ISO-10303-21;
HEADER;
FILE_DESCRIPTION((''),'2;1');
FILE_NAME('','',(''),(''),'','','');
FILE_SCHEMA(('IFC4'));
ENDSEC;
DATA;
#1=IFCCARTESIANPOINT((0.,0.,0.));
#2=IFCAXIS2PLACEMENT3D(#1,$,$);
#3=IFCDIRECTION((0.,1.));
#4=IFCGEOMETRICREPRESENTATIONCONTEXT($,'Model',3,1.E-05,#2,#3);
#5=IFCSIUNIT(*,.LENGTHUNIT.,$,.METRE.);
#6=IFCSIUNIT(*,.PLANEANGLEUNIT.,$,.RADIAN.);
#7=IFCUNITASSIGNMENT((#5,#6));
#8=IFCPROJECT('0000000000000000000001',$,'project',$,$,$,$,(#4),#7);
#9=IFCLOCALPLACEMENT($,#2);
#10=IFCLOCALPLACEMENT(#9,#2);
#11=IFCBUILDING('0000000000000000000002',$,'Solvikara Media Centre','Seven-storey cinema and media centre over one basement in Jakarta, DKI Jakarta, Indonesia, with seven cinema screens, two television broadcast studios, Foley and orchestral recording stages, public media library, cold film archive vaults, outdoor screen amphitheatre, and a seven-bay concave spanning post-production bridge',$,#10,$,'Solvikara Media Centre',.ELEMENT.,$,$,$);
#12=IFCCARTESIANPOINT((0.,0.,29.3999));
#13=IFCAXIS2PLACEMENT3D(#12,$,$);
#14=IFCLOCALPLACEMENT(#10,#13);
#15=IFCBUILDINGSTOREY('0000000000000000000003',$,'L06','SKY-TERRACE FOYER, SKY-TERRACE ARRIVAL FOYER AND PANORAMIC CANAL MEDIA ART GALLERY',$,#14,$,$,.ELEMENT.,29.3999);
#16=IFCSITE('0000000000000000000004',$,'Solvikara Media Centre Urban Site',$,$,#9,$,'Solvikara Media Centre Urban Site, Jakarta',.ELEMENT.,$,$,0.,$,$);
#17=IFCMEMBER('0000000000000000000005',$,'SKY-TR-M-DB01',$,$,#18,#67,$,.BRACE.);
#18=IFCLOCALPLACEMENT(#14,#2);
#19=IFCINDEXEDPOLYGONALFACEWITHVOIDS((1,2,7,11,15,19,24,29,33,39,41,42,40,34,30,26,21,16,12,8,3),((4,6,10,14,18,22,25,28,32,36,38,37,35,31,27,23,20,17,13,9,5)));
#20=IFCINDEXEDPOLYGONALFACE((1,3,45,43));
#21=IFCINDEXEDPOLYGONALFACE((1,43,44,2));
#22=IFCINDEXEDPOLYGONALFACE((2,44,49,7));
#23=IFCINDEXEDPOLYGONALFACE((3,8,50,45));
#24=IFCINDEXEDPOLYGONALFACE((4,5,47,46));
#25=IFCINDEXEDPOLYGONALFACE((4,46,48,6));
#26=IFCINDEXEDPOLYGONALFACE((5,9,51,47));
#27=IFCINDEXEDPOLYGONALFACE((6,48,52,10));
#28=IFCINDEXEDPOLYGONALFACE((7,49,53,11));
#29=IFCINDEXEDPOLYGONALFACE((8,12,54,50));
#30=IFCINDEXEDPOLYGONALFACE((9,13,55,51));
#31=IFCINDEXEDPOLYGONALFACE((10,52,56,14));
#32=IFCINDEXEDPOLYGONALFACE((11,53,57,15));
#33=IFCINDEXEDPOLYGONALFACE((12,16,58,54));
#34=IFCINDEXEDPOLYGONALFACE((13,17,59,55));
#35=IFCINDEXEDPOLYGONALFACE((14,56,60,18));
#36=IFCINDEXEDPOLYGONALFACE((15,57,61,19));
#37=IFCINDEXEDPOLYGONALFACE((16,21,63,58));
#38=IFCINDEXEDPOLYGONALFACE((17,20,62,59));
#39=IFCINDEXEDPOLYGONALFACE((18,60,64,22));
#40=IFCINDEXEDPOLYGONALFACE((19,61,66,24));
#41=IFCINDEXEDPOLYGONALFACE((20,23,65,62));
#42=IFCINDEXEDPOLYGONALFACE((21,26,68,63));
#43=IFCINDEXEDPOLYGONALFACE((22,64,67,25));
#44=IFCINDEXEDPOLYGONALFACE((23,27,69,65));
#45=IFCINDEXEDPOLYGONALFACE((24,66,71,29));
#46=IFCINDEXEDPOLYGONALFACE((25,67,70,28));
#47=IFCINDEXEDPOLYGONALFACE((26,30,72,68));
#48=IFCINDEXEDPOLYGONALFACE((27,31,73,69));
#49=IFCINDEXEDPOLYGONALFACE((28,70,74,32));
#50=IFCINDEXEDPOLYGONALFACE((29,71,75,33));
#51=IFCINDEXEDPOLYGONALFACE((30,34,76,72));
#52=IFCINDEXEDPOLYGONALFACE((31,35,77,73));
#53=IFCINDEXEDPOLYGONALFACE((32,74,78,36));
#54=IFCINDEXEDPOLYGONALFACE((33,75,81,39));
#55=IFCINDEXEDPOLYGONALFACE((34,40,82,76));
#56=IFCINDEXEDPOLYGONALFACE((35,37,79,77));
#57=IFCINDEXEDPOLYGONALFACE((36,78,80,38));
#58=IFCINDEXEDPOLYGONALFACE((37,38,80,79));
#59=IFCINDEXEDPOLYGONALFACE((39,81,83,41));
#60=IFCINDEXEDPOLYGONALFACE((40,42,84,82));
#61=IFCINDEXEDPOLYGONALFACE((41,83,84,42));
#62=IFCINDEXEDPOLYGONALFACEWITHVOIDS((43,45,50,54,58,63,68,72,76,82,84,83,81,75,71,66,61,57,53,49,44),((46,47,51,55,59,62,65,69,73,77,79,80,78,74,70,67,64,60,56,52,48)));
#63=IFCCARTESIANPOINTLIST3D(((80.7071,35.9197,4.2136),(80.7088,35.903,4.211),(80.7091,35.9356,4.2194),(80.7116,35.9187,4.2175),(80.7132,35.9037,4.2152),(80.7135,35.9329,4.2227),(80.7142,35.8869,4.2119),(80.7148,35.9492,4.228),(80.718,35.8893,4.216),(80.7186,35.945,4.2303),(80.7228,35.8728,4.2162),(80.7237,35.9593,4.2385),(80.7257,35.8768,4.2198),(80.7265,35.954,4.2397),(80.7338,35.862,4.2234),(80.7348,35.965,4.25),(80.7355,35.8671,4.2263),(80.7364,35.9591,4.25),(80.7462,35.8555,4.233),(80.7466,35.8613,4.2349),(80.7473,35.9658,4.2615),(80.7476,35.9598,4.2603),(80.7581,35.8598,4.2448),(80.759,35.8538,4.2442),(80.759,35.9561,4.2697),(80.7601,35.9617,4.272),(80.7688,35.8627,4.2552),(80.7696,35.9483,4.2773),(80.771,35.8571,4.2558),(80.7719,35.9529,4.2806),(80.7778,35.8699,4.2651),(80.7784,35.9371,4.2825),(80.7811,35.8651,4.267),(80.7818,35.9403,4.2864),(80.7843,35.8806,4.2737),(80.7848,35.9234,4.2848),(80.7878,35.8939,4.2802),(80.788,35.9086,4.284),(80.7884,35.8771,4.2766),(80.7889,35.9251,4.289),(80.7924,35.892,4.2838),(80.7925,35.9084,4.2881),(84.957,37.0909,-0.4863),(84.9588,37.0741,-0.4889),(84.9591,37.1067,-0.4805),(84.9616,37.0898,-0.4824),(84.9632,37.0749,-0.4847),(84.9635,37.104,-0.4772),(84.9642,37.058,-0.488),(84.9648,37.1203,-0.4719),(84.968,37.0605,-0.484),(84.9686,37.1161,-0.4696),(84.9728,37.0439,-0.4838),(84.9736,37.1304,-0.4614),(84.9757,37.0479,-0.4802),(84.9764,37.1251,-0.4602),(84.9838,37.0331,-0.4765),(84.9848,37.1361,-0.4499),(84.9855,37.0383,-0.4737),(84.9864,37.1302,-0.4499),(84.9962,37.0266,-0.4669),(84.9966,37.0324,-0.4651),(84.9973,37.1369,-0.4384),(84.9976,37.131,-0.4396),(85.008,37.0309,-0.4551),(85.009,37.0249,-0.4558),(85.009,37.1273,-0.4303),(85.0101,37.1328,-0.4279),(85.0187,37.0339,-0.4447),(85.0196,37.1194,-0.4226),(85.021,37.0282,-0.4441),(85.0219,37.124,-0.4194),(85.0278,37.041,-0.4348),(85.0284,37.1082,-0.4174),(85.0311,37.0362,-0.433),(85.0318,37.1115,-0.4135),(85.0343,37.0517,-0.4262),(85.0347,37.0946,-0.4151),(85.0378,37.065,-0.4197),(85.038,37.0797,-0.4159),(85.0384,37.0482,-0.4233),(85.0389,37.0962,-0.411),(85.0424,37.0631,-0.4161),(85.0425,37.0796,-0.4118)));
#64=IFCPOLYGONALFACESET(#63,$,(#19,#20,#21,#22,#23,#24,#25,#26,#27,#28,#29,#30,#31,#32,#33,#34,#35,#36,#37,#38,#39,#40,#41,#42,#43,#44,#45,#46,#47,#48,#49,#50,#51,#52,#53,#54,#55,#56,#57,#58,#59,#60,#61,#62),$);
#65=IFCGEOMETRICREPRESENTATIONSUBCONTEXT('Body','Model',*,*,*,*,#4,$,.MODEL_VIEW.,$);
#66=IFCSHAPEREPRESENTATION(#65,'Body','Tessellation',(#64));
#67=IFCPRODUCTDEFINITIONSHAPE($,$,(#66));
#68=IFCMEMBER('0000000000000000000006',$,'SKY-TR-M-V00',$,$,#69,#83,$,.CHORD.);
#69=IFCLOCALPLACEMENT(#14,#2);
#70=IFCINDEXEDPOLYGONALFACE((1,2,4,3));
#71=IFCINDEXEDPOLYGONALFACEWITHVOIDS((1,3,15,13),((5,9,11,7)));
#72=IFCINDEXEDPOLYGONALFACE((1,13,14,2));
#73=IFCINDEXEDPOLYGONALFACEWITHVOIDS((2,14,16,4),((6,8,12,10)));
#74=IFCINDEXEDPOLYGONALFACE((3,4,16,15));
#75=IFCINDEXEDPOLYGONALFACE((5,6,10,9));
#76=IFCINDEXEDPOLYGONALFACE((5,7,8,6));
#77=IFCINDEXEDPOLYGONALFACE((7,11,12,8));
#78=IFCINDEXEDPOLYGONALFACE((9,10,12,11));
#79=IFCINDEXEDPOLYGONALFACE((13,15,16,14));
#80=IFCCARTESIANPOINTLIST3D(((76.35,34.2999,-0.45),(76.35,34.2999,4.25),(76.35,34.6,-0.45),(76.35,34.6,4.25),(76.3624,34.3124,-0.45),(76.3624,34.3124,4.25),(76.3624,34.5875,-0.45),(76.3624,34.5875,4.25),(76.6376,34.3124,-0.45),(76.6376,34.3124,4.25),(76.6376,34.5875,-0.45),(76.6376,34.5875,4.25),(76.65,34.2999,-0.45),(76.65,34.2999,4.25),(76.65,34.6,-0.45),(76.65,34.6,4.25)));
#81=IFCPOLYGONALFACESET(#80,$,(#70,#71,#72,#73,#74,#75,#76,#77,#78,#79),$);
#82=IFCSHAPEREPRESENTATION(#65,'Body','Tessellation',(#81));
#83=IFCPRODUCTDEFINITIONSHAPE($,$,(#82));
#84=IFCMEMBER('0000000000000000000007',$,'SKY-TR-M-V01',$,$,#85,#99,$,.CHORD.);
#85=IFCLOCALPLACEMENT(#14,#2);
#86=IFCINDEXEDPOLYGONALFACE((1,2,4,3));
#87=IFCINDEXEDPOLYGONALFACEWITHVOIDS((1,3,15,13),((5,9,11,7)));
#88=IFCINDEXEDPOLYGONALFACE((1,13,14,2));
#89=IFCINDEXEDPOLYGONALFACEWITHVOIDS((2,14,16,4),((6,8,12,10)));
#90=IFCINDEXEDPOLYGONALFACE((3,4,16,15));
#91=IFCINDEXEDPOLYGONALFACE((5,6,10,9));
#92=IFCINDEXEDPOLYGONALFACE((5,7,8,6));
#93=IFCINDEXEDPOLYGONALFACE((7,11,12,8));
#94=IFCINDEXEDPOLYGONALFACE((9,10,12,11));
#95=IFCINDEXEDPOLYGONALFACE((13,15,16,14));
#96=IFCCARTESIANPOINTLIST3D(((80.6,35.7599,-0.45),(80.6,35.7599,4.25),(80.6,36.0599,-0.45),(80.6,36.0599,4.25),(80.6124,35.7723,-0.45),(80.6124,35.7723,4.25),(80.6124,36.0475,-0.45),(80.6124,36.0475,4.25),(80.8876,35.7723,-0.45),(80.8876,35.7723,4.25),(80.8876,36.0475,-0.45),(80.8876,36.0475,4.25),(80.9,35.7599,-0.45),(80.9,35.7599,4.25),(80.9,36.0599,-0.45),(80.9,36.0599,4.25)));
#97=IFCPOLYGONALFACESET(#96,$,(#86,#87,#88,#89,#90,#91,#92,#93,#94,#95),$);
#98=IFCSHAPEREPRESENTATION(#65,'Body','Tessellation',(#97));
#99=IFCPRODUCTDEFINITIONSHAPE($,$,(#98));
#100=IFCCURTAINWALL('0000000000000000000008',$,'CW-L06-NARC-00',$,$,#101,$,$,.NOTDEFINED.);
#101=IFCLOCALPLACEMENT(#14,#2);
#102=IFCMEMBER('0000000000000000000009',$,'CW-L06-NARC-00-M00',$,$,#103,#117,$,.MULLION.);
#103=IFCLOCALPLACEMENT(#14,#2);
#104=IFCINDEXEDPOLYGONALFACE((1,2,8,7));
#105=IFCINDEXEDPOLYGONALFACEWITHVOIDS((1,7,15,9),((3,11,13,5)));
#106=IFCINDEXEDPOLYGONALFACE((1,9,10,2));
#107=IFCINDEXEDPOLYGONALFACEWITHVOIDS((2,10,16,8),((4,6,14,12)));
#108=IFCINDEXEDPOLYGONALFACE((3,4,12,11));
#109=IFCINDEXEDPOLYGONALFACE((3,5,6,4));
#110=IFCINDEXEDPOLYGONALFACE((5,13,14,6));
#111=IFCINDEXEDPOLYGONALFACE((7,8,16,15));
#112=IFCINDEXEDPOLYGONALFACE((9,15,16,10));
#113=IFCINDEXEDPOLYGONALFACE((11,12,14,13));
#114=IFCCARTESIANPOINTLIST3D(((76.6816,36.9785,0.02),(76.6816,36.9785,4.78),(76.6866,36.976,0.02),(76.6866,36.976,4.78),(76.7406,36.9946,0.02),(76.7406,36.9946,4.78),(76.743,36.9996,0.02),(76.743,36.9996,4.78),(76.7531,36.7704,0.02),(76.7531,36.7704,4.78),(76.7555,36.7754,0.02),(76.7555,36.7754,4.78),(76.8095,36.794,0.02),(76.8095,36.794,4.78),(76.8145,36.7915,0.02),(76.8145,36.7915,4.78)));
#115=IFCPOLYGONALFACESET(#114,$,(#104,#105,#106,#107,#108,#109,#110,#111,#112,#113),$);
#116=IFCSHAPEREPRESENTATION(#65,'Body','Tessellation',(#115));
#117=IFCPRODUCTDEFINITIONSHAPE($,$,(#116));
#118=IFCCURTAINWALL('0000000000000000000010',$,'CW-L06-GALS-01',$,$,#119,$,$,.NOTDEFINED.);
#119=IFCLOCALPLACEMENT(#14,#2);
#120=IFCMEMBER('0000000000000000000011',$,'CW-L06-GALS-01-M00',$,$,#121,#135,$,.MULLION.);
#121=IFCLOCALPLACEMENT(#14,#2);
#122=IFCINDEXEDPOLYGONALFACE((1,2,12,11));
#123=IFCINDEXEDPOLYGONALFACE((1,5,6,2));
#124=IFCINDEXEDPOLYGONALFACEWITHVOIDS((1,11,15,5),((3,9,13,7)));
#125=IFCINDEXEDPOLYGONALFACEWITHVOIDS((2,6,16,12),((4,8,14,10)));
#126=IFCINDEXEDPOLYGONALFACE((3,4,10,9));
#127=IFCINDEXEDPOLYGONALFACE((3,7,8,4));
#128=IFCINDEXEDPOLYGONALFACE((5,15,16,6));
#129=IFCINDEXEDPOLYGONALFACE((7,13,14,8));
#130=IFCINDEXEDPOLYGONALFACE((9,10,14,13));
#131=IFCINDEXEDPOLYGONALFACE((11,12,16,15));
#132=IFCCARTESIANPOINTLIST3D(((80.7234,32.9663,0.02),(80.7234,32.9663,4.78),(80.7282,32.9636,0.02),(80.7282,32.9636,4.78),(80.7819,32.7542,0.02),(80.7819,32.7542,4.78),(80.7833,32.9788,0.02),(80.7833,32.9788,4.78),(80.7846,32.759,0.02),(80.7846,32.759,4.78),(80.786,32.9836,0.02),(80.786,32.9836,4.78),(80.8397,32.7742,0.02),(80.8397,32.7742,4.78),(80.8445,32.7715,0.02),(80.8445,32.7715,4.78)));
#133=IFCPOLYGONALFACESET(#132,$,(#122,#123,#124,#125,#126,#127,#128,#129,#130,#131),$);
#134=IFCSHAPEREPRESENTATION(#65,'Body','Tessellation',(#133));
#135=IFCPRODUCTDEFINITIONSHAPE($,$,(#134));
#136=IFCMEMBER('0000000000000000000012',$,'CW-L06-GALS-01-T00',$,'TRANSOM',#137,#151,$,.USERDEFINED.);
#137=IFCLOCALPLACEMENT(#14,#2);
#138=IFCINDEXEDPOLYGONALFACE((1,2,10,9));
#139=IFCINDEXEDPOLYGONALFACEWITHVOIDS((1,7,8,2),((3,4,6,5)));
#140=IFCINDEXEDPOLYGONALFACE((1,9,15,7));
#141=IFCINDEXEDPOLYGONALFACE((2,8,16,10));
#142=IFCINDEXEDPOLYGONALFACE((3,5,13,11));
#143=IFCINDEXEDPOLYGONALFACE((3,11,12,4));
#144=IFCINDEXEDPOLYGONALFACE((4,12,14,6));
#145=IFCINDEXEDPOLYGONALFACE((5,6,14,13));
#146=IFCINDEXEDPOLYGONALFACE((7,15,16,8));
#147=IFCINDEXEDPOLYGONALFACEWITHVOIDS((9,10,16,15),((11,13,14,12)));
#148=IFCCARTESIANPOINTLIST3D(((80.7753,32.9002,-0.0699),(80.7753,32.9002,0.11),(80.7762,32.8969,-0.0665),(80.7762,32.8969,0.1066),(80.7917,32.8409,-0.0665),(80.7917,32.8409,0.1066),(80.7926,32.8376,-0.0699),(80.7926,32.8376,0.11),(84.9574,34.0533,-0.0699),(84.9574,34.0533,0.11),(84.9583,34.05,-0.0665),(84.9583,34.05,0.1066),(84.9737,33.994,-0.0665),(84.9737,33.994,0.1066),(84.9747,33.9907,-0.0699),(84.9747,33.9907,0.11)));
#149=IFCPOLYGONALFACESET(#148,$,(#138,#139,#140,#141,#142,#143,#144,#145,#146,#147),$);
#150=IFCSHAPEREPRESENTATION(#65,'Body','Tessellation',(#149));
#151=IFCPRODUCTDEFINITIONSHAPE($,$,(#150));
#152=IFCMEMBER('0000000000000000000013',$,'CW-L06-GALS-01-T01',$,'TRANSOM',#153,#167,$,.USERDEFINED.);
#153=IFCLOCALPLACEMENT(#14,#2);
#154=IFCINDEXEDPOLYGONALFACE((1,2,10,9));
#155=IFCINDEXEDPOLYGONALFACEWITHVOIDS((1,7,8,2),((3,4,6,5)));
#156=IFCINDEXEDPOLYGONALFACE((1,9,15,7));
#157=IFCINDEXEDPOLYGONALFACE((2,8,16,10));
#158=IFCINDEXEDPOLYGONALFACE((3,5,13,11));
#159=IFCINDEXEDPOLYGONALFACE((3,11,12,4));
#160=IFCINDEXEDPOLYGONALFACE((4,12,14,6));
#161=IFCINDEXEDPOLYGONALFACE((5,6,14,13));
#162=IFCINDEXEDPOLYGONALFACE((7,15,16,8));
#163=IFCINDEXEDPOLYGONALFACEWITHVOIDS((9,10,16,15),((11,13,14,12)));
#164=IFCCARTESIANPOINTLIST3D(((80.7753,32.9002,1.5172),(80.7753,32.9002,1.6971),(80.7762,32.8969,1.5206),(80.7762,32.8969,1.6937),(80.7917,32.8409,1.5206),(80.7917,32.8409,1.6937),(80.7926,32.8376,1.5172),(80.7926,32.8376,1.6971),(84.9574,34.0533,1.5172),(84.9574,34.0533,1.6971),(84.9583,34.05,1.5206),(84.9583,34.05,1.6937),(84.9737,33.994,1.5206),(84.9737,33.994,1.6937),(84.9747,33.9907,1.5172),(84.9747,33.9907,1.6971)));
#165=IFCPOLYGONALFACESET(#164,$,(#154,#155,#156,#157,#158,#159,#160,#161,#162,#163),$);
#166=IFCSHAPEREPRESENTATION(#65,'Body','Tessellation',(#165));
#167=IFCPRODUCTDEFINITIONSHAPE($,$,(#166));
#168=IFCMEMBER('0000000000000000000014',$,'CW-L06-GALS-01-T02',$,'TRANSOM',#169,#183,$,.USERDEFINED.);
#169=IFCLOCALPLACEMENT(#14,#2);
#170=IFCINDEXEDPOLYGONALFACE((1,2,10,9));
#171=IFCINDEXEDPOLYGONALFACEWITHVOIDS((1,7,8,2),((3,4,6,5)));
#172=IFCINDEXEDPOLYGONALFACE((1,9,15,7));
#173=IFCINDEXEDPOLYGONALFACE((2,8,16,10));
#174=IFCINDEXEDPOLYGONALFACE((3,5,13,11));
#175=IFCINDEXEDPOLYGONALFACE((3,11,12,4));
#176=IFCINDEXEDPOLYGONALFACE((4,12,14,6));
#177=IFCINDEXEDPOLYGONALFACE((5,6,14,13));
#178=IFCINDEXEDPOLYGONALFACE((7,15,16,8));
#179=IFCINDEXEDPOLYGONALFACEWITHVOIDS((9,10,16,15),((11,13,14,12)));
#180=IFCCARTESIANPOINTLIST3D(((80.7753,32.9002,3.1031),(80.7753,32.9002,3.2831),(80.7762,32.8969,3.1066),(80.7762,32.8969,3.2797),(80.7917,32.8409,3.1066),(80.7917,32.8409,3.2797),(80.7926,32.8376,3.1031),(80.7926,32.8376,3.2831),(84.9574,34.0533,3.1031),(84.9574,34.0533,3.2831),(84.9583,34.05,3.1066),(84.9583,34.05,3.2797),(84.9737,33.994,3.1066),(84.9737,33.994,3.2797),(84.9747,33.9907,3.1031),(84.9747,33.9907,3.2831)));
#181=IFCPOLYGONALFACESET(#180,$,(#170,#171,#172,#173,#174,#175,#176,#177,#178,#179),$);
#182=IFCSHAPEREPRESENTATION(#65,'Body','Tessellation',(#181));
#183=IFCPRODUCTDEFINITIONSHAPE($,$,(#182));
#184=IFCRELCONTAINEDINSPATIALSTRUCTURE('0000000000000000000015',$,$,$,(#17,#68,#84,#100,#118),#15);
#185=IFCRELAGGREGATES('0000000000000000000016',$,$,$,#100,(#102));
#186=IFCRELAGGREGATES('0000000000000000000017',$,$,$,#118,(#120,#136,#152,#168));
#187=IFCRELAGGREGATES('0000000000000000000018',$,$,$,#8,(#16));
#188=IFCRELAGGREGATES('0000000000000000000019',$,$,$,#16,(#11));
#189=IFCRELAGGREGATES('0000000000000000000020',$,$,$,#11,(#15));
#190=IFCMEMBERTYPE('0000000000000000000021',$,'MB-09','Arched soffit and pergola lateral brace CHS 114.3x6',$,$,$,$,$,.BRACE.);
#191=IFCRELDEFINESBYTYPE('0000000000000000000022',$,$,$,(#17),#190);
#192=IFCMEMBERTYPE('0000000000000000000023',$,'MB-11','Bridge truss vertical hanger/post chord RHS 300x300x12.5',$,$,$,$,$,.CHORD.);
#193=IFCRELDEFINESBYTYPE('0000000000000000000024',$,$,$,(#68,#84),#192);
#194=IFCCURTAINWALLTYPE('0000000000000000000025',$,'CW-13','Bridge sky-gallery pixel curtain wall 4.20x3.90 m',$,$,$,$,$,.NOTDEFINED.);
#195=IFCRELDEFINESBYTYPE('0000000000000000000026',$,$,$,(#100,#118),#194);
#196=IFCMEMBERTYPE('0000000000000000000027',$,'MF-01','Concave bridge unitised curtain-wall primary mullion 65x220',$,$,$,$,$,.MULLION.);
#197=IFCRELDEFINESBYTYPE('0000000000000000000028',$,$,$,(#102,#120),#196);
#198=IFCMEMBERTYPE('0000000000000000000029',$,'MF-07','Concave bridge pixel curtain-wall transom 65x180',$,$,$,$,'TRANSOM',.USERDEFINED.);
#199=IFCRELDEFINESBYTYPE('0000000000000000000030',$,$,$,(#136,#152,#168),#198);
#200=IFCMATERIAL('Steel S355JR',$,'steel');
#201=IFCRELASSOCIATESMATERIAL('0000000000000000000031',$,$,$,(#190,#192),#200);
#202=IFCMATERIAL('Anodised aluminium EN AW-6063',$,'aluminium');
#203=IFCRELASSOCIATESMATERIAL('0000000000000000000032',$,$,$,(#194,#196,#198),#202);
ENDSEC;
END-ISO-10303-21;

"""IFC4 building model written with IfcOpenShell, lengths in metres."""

from ifc_helpers import new_model, si_unit, direction, frame, origin, origin_2d, place, context, subcontext, project, spatial, hollow_rectangle, hollow_circle, extrude, material, material_profile, profile_set, type_object, element, aggregate, save


model = new_model("IFC4")

# Units and contexts
model_context = context("Model", 3, precision=1e-05, world=origin(), true_north=direction((0.0, 1.0)))
body_context = subcontext(model_context, "Body", "Model", "MODEL_VIEW")
ifc_project = project(units=[si_unit("LENGTHUNIT", "METRE"), si_unit("PLANEANGLEUNIT", "RADIAN")], contexts=[model_context])

# Site, building, storey
site_placement = place(None, origin())
site = spatial("IfcSite", under=ifc_project, at=site_placement, Name="Solvikara Media Centre Urban Site", LongName="Solvikara Media Centre Urban Site, Jakarta", CompositionType="ELEMENT", RefElevation=0.0)
building_placement = place(site_placement, origin())
building = spatial("IfcBuilding", under=site, at=building_placement, Name="Solvikara Media Centre", Description="Seven-storey cinema and media centre over one basement in Jakarta, DKI Jakarta, Indonesia, with seven cinema screens, two television broadcast studios, Foley and orchestral recording stages, public media library, cold film archive vaults, outdoor screen amphitheatre, and a seven-bay concave spanning post-production bridge", LongName="Solvikara Media Centre", CompositionType="ELEMENT")
storey_placement = place(building_placement, frame((0.0, 0.0, 29.3999)))
storey = spatial("IfcBuildingStorey", under=building, at=storey_placement, Name="L06", Description="SKY-TERRACE FOYER, SKY-TERRACE ARRIVAL FOYER AND PANORAMIC CANAL MEDIA ART GALLERY", CompositionType="ELEMENT", Elevation=29.3999)

# Shared definitions
ifc_material_1 = material(Name="Steel S355JR", Category="steel")

# Members
ifc_material_profile_1 = material_profile(ifc_material_1, hollow_circle(Radius=0.0571, WallThickness=0.0061, at=origin_2d()), Name="CHS 114.3x6")
ifc_profile_set_1 = profile_set([ifc_material_profile_1], Name="Steel S355JR")
member_type_1 = type_object("IfcMemberType", Name="MB-09", Description="Arched soffit and pergola lateral brace CHS 114.3x6", PredefinedType="BRACE", material=ifc_profile_set_1)
member_1_placement = place(storey_placement, frame((80.75, 35.9099, 4.25), z_axis=(0.65954, 0.181745, -0.729366), x_axis=(-0.265661, 0.964067, 0.0)))
element("IfcMember", 1, at=member_1_placement, inside=storey, type_object=member_type_1, Name="SKY-TR-M-DB01", PredefinedType="BRACE", context=body_context, shape_type="SweptSolid", body=[
    extrude(hollow_circle(Radius=0.0571, WallThickness=0.0061, at=origin_2d()), origin(), (0.0, 0.0, 1.0), 6.4438),
])
ifc_material_profile_2 = material_profile(ifc_material_1, hollow_rectangle(XDim=0.3, YDim=0.3, WallThickness=0.0125, at=origin_2d()), Name="RHS 300x300x12.5")
ifc_profile_set_2 = profile_set([ifc_material_profile_2], Name="Steel S355JR")
member_type_2 = type_object("IfcMemberType", Name="MB-11", Description="Bridge truss vertical hanger/post chord RHS 300x300x12.5", PredefinedType="CHORD", material=ifc_profile_set_2)
for number, where, z_axis, x_axis, name in (
    (2, (76.5, 34.45, -0.45), (0.0, 0.0, 1.0), (1.0, 0.0, 0.0), "SKY-TR-M-V00"),
    (3, (80.75, 35.9099, -0.45), (0.0, 0.0, 1.0), (1.0, 0.0, 0.0), "SKY-TR-M-V01"),
):
    element("IfcMember", number, at=place(storey_placement, frame(where, z_axis=z_axis, x_axis=x_axis)), inside=storey, type_object=member_type_2, Name=name, PredefinedType="CHORD", context=body_context, shape_type="SweptSolid", body=[
        extrude(hollow_rectangle(XDim=0.3, YDim=0.3, WallThickness=0.0125, at=origin_2d()), origin(), (0.0, 0.0, 1.0), 4.7),
    ])

# Curtain wall, member
ifc_material_2 = material(Name="Anodised aluminium EN AW-6063", Category="aluminium")
curtain_wall_type = type_object("IfcCurtainWallType", Name="CW-13", Description="Bridge sky-gallery pixel curtain wall 4.20x3.90 m", PredefinedType="NOTDEFINED", material=ifc_material_2)
curtain_wall_1_placement = place(storey_placement, origin())
curtain_wall_1 = element("IfcCurtainWall", 4, at=curtain_wall_1_placement, inside=storey, type_object=curtain_wall_type, Name="CW-L06-NARC-00", PredefinedType="NOTDEFINED")
ifc_material_profile_3 = material_profile(ifc_material_2, hollow_rectangle(XDim=0.0649, YDim=0.22, WallThickness=0.0039, at=origin_2d()), Name="ALU-M 65x220x4")
ifc_profile_set_3 = profile_set([ifc_material_profile_3], Name="Anodised aluminium EN AW-6063")
member_type_3 = type_object("IfcMemberType", Name="MF-01", Description="Concave bridge unitised curtain-wall primary mullion 65x220", PredefinedType="MULLION", material=ifc_profile_set_3)
member_2_placement = place(storey_placement, frame((76.748, 36.885, 0.02), z_axis=(0.0, 0.0, 1.0), x_axis=(0.945712, 0.325007, 0.0)))
member_2 = element("IfcMember", 5, at=member_2_placement, type_object=member_type_3, Name="CW-L06-NARC-00-M00", PredefinedType="MULLION", context=body_context, shape_type="SweptSolid", body=[
    extrude(hollow_rectangle(XDim=0.0649, YDim=0.22, WallThickness=0.0039, at=origin_2d()), origin(), (0.0, 0.0, 1.0), 4.76),
])
aggregate(curtain_wall_1, [member_2])

# Curtain wall, members
curtain_wall_2_placement = place(storey_placement, origin())
curtain_wall_2 = element("IfcCurtainWall", 6, at=curtain_wall_2_placement, inside=storey, type_object=curtain_wall_type, Name="CW-L06-GALS-01", PredefinedType="NOTDEFINED")
member_3_placement = place(storey_placement, frame((80.7839, 32.8689, 0.02), z_axis=(0.0, 0.0, 1.0), x_axis=(0.96403, 0.265792, 0.0)))
member_3 = element("IfcMember", 7, at=member_3_placement, type_object=member_type_3, Name="CW-L06-GALS-01-M00", PredefinedType="MULLION", context=body_context, shape_type="SweptSolid", body=[
    extrude(hollow_rectangle(XDim=0.0649, YDim=0.22, WallThickness=0.0039, at=origin_2d()), origin(), (0.0, 0.0, 1.0), 4.76),
])
ifc_material_profile_4 = material_profile(ifc_material_2, hollow_rectangle(XDim=0.0649, YDim=0.1799, WallThickness=0.0034, at=origin_2d()), Name="ALU-T 65x180x3.5")
ifc_profile_set_4 = profile_set([ifc_material_profile_4], Name="Anodised aluminium EN AW-6063")
member_type_4 = type_object("IfcMemberType", Name="MF-07", Description="Concave bridge pixel curtain-wall transom 65x180", ElementType="TRANSOM", PredefinedType="USERDEFINED", material=ifc_profile_set_4)
member_4_placement = place(storey_placement, frame((80.7839, 32.8689, 0.02), z_axis=(0.964029, 0.265797, 0.0), x_axis=(-0.265797, 0.964029, 0.0)))
member_4 = element("IfcMember", 8, at=member_4_placement, type_object=member_type_4, Name="CW-L06-GALS-01-T00", ObjectType="TRANSOM", PredefinedType="USERDEFINED", context=body_context, shape_type="SweptSolid", body=[
    extrude(hollow_rectangle(XDim=0.0649, YDim=0.1799, WallThickness=0.0034, at=origin_2d()), origin(), (0.0, 0.0, 1.0), 4.3381),
])
member_5_placement = place(storey_placement, frame((80.7839, 32.8689, 1.6072), z_axis=(0.964029, 0.265797, 0.0), x_axis=(-0.265797, 0.964029, 0.0)))
member_5 = element("IfcMember", 9, at=member_5_placement, type_object=member_type_4, Name="CW-L06-GALS-01-T01", ObjectType="TRANSOM", PredefinedType="USERDEFINED", context=body_context, shape_type="SweptSolid", body=[
    extrude(hollow_rectangle(XDim=0.0649, YDim=0.1799, WallThickness=0.0034, at=origin_2d()), origin(), (0.0, 0.0, 1.0), 4.3381),
])
member_6_placement = place(storey_placement, frame((80.7839, 32.8689, 3.1931), z_axis=(0.964029, 0.265797, 0.0), x_axis=(-0.265797, 0.964029, 0.0)))
member_6 = element("IfcMember", 10, at=member_6_placement, type_object=member_type_4, Name="CW-L06-GALS-01-T02", ObjectType="TRANSOM", PredefinedType="USERDEFINED", context=body_context, shape_type="SweptSolid", body=[
    extrude(hollow_rectangle(XDim=0.0649, YDim=0.1799, WallThickness=0.0034, at=origin_2d()), origin(), (0.0, 0.0, 1.0), 4.3381),
])
aggregate(curtain_wall_2, [member_3, member_4, member_5, member_6])

save(model, "model.ifc")
